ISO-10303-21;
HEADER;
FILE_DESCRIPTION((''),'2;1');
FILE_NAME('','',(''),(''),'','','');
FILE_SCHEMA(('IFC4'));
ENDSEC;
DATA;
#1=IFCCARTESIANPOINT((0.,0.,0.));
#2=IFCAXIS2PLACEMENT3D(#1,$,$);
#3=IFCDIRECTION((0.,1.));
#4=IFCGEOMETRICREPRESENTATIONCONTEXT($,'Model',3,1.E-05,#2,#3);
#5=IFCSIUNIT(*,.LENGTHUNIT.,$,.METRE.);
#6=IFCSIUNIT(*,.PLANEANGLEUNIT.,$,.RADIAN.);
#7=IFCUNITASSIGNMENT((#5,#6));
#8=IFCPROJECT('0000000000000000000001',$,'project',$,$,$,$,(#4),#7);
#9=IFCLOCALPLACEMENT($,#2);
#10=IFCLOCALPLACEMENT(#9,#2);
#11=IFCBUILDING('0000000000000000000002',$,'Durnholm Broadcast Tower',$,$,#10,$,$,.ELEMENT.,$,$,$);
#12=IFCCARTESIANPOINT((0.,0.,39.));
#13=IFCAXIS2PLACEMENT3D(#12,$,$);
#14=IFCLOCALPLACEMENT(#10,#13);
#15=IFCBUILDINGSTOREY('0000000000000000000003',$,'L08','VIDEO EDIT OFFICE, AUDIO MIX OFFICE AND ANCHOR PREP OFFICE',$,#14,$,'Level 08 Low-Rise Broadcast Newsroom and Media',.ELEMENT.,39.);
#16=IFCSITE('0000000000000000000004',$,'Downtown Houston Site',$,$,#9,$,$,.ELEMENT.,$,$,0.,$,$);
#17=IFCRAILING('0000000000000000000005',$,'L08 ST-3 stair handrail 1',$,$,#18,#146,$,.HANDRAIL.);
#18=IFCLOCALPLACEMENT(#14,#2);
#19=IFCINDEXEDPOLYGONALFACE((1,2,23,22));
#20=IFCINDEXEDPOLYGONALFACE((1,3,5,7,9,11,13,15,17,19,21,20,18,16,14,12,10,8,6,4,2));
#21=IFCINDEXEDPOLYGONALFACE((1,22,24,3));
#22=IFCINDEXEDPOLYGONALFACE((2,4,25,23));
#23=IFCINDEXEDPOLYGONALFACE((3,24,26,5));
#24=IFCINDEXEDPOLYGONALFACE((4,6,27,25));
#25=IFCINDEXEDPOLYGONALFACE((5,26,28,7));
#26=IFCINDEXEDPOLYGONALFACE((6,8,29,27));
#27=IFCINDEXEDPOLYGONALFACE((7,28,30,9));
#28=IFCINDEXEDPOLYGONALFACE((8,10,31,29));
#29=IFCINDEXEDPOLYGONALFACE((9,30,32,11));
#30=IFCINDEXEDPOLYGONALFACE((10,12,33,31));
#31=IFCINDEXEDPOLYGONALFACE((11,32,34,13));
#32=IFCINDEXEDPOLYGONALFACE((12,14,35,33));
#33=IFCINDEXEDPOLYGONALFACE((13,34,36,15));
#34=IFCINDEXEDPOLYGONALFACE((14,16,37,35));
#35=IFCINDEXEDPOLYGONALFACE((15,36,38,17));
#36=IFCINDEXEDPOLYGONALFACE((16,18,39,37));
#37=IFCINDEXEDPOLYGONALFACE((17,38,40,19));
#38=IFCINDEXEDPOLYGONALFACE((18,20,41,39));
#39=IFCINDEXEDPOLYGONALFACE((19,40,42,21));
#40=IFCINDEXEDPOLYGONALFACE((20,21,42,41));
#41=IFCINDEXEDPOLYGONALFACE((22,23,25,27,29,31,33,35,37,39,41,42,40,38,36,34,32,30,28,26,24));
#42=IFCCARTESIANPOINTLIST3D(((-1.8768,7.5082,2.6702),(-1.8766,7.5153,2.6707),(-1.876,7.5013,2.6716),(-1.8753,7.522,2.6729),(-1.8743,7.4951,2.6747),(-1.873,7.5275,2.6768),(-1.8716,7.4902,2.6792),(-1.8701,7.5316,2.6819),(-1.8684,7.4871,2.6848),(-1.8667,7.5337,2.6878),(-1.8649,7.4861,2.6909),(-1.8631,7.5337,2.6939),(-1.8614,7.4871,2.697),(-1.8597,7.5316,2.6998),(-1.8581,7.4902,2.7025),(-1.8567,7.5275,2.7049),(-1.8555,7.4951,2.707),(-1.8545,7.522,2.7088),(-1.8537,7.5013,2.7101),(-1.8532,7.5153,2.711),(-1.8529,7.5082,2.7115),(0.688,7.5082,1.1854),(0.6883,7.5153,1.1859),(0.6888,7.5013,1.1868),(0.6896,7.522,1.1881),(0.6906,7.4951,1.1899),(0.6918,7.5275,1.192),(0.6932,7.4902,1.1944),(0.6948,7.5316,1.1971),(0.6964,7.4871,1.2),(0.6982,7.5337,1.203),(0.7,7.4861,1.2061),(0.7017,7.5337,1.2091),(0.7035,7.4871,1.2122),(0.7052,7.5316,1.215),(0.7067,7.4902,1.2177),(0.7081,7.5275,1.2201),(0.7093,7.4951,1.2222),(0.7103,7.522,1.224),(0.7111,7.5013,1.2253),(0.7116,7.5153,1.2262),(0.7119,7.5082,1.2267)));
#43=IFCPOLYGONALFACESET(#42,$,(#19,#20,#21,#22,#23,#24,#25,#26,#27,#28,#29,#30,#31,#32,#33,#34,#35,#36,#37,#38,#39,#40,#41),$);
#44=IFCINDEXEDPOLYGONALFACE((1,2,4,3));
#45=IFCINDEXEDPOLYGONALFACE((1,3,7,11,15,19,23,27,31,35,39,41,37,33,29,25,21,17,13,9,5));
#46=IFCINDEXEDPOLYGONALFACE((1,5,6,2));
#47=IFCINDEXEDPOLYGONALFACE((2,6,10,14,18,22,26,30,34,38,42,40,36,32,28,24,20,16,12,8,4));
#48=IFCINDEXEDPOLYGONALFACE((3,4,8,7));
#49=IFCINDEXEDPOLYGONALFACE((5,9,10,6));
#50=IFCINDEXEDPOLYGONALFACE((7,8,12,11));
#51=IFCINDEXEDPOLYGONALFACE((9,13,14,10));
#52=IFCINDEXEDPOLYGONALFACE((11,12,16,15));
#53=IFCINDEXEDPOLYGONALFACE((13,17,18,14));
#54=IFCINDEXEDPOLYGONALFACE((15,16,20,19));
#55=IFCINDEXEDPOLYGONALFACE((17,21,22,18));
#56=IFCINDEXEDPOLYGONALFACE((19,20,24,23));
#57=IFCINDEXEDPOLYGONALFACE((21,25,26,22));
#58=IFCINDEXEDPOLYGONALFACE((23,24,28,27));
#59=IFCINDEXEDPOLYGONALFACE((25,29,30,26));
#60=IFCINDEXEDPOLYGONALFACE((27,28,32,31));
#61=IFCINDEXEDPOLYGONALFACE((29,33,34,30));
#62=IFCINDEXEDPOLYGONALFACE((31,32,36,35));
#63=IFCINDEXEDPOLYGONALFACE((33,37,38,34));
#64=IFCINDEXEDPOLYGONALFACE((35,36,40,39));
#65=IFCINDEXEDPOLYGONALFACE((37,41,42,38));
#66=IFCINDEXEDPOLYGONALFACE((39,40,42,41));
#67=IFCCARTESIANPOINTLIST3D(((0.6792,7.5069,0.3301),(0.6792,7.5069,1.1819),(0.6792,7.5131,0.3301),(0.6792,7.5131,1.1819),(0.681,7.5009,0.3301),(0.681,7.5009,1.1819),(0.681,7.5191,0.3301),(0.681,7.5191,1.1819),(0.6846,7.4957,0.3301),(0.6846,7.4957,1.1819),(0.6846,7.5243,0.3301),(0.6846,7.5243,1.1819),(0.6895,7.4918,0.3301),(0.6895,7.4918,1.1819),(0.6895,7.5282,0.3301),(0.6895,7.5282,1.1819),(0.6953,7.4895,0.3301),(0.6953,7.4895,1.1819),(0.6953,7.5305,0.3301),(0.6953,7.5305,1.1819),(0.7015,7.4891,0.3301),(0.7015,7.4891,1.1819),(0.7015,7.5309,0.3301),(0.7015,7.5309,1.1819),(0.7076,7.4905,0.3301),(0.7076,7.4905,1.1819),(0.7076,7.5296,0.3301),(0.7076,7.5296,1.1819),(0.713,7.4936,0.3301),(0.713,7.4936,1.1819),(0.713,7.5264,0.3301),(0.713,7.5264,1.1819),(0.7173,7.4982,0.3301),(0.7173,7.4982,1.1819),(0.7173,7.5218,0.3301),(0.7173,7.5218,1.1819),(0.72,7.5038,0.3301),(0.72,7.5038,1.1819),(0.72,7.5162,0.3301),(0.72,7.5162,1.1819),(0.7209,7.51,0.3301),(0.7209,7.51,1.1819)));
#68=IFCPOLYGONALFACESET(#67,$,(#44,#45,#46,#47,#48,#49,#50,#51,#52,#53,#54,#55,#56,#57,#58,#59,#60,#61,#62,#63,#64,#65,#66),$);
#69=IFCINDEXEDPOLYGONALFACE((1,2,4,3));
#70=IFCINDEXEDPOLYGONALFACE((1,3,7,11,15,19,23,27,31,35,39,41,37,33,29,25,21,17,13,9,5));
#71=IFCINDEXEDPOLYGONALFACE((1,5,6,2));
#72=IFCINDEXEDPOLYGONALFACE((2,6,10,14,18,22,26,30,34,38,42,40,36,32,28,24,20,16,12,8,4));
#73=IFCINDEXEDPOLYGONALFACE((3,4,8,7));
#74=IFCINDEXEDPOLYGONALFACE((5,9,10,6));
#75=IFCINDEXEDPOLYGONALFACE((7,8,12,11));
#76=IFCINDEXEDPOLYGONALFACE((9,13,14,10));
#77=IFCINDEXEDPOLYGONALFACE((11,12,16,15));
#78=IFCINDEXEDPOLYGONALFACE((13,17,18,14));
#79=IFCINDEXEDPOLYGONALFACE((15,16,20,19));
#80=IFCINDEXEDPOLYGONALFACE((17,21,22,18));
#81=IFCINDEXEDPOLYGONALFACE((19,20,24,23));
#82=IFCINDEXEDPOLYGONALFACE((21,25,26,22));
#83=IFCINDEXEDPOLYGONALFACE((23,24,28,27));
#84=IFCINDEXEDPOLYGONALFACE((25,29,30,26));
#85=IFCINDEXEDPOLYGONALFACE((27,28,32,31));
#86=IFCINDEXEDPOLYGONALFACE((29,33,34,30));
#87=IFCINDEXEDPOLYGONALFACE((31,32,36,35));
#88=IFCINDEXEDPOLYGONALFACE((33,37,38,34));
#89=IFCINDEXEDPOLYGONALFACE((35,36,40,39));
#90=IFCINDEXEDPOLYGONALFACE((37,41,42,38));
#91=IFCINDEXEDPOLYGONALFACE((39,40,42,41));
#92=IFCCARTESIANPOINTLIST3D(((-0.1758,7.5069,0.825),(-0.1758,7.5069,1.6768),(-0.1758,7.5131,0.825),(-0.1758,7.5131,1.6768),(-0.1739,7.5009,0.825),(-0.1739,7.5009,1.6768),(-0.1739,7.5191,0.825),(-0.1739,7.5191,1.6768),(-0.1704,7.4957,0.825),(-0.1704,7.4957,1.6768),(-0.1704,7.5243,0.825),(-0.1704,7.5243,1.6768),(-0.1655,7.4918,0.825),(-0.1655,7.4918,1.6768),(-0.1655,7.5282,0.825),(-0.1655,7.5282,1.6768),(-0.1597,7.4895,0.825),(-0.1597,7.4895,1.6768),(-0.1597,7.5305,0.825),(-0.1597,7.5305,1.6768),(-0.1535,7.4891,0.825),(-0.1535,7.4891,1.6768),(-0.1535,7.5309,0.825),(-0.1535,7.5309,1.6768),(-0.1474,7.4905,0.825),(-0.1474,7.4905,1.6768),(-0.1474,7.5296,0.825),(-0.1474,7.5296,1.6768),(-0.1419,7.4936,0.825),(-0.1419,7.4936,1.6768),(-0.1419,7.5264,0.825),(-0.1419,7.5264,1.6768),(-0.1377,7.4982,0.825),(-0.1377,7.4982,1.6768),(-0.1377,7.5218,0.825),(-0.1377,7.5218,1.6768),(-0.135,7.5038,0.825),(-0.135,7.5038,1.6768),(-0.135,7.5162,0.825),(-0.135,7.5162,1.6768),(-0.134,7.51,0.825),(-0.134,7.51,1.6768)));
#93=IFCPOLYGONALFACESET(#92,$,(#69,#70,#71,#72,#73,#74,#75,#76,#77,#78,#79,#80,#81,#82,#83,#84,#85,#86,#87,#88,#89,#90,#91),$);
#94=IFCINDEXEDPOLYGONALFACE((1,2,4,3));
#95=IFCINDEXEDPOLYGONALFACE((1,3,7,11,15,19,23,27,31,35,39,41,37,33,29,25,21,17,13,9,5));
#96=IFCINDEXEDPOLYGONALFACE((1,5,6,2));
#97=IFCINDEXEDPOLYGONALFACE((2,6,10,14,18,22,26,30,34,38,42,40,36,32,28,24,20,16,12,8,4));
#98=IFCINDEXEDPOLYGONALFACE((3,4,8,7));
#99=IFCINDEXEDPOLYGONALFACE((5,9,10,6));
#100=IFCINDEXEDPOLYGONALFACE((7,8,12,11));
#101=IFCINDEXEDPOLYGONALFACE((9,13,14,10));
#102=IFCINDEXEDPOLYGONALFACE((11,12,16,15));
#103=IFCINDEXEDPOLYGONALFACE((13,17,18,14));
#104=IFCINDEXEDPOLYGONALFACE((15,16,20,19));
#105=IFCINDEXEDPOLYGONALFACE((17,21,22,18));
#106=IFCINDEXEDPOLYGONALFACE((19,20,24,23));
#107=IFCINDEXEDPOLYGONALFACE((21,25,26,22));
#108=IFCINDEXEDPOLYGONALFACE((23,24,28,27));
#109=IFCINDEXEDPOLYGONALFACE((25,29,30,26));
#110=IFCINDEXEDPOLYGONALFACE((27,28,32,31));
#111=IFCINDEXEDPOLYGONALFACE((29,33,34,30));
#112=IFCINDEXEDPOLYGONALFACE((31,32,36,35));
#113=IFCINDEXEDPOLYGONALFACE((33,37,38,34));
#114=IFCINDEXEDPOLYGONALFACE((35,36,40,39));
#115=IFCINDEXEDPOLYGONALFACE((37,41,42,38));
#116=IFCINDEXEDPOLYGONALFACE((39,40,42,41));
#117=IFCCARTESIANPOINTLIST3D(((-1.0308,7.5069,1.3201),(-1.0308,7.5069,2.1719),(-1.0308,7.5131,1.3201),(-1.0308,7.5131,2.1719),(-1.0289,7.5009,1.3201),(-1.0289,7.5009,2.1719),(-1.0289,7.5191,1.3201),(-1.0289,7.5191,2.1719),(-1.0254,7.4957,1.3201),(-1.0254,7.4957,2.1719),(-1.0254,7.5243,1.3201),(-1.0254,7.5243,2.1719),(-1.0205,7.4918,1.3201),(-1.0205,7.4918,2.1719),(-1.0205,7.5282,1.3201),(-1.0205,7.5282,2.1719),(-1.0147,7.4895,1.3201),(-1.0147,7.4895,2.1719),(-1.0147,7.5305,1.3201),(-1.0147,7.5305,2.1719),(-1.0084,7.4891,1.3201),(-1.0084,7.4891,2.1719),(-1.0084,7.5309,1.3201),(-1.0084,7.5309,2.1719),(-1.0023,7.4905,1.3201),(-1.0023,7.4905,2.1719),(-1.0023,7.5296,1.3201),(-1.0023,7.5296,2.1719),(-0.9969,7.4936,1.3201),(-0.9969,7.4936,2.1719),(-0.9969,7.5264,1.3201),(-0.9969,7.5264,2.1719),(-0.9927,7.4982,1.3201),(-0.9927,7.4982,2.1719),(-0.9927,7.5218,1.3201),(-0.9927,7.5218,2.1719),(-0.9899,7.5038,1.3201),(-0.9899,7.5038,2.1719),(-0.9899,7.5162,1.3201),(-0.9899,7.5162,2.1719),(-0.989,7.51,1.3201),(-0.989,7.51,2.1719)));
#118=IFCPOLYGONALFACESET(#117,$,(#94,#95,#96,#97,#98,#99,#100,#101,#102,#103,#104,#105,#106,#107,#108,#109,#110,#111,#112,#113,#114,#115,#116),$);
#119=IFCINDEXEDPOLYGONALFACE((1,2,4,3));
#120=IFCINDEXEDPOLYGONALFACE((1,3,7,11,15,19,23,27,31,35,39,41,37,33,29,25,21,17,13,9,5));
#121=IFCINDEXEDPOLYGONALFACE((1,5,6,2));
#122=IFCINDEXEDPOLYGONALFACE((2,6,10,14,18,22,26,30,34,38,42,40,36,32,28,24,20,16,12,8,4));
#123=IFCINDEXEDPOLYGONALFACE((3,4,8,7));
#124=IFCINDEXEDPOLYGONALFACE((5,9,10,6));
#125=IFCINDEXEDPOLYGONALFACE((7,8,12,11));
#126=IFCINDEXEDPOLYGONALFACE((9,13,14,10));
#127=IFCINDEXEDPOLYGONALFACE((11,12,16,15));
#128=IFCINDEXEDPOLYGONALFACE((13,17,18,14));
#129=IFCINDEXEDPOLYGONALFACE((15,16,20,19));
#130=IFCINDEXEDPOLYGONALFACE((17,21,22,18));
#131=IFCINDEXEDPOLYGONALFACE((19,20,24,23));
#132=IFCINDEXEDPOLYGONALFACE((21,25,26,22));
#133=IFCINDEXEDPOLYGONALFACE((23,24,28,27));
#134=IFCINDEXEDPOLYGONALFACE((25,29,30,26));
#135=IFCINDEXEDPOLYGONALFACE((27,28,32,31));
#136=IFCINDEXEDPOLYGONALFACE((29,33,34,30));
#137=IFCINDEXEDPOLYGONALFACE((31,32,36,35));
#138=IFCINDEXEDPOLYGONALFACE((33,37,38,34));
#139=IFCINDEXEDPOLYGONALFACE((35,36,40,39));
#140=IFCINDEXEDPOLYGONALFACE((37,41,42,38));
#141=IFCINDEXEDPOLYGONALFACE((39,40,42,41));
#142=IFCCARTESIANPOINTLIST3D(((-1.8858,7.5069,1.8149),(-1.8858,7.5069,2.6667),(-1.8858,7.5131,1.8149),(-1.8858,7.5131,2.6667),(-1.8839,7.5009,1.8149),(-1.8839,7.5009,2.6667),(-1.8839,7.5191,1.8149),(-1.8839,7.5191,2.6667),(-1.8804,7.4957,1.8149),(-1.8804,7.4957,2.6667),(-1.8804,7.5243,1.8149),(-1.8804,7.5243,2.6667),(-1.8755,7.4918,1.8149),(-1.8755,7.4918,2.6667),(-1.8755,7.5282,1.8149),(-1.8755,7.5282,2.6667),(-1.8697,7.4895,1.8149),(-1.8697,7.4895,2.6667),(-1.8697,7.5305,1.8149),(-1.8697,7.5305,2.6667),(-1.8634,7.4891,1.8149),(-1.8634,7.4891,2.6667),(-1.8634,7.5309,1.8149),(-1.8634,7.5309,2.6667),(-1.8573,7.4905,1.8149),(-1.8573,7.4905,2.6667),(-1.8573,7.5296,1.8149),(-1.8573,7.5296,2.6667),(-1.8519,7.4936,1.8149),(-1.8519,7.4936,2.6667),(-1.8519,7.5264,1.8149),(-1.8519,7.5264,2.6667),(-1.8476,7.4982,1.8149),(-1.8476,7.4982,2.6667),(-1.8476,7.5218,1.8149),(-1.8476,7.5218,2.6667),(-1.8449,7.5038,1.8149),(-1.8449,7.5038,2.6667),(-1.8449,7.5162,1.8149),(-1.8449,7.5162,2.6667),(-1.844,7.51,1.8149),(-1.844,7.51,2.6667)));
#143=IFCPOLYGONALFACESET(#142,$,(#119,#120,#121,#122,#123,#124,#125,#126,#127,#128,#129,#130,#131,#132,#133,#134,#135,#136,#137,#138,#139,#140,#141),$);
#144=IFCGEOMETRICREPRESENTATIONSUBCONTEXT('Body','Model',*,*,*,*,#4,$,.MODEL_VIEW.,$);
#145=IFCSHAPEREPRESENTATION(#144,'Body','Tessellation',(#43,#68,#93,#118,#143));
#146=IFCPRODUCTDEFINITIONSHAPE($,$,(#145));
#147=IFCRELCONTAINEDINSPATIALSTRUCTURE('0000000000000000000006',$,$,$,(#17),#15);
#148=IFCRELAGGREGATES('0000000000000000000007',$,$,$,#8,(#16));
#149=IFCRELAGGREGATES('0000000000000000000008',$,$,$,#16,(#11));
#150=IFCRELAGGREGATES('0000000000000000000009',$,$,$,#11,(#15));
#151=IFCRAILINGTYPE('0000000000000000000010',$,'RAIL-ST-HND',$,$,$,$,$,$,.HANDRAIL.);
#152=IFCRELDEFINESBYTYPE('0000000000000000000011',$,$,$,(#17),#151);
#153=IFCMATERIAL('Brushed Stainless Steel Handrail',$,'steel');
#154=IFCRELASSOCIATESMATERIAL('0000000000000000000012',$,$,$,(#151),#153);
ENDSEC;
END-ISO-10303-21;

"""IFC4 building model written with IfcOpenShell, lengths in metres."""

from ifc_helpers import new_model, si_unit, direction, frame, origin, origin_2d, place, context, subcontext, project, spatial, circle, extrude, material, type_object, element, save


model = new_model("IFC4")

# Units and contexts
model_context = context("Model", 3, precision=1e-05, world=origin(), true_north=direction((0.0, 1.0)))
body_context = subcontext(model_context, "Body", "Model", "MODEL_VIEW")
ifc_project = project(units=[si_unit("LENGTHUNIT", "METRE"), si_unit("PLANEANGLEUNIT", "RADIAN")], contexts=[model_context])

# Site, building, storey
site_placement = place(None, origin())
site = spatial("IfcSite", under=ifc_project, at=site_placement, Name="Downtown Houston Site", CompositionType="ELEMENT", RefElevation=0.0)
building_placement = place(site_placement, origin())
building = spatial("IfcBuilding", under=site, at=building_placement, Name="Durnholm Broadcast Tower", CompositionType="ELEMENT")
storey_placement = place(building_placement, frame((0.0, 0.0, 39.0)))
storey = spatial("IfcBuildingStorey", under=building, at=storey_placement, Name="L08", Description="VIDEO EDIT OFFICE, AUDIO MIX OFFICE AND ANCHOR PREP OFFICE", LongName="Level 08 Low-Rise Broadcast Newsroom and Media", CompositionType="ELEMENT", Elevation=39.0)

# Railing
ifc_material_1 = material(Name="Brushed Stainless Steel Handrail", Category="steel")
railing_type_1 = type_object("IfcRailingType", Name="RAIL-ST-HND", PredefinedType="HANDRAIL", material=ifc_material_1)
railing_1_placement = place(storey_placement, frame((0.7, 7.51, 0.3301)))
element("IfcRailing", 1, at=railing_1_placement, inside=storey, type_object=railing_type_1, Name="L08 ST-3 stair handrail 1", PredefinedType="HANDRAIL", context=body_context, shape_type="SweptSolid", body=[
    extrude(circle(Radius=0.0239, at=origin_2d()), frame((0.0, 0.0, 0.876), z_axis=(-0.865441, 0.0, 0.50101), x_axis=(0.0, -1.0, 0.0)), (0.0, 0.0, 1.0), 2.9636),
    extrude(circle(Radius=0.021, at=origin_2d()), origin(), (0.0, 0.0, 1.0), 0.8518),
    extrude(circle(Radius=0.021, at=origin_2d()), frame((-0.855, 0.0, 0.4949)), (0.0, 0.0, 1.0), 0.8518),
    extrude(circle(Radius=0.021, at=origin_2d()), frame((-1.71, 0.0, 0.99)), (0.0, 0.0, 1.0), 0.8518),
    extrude(circle(Radius=0.021, at=origin_2d()), frame((-2.5649, 0.0, 1.4849)), (0.0, 0.0, 1.0), 0.8518),
])

save(model, "model.ifc")
